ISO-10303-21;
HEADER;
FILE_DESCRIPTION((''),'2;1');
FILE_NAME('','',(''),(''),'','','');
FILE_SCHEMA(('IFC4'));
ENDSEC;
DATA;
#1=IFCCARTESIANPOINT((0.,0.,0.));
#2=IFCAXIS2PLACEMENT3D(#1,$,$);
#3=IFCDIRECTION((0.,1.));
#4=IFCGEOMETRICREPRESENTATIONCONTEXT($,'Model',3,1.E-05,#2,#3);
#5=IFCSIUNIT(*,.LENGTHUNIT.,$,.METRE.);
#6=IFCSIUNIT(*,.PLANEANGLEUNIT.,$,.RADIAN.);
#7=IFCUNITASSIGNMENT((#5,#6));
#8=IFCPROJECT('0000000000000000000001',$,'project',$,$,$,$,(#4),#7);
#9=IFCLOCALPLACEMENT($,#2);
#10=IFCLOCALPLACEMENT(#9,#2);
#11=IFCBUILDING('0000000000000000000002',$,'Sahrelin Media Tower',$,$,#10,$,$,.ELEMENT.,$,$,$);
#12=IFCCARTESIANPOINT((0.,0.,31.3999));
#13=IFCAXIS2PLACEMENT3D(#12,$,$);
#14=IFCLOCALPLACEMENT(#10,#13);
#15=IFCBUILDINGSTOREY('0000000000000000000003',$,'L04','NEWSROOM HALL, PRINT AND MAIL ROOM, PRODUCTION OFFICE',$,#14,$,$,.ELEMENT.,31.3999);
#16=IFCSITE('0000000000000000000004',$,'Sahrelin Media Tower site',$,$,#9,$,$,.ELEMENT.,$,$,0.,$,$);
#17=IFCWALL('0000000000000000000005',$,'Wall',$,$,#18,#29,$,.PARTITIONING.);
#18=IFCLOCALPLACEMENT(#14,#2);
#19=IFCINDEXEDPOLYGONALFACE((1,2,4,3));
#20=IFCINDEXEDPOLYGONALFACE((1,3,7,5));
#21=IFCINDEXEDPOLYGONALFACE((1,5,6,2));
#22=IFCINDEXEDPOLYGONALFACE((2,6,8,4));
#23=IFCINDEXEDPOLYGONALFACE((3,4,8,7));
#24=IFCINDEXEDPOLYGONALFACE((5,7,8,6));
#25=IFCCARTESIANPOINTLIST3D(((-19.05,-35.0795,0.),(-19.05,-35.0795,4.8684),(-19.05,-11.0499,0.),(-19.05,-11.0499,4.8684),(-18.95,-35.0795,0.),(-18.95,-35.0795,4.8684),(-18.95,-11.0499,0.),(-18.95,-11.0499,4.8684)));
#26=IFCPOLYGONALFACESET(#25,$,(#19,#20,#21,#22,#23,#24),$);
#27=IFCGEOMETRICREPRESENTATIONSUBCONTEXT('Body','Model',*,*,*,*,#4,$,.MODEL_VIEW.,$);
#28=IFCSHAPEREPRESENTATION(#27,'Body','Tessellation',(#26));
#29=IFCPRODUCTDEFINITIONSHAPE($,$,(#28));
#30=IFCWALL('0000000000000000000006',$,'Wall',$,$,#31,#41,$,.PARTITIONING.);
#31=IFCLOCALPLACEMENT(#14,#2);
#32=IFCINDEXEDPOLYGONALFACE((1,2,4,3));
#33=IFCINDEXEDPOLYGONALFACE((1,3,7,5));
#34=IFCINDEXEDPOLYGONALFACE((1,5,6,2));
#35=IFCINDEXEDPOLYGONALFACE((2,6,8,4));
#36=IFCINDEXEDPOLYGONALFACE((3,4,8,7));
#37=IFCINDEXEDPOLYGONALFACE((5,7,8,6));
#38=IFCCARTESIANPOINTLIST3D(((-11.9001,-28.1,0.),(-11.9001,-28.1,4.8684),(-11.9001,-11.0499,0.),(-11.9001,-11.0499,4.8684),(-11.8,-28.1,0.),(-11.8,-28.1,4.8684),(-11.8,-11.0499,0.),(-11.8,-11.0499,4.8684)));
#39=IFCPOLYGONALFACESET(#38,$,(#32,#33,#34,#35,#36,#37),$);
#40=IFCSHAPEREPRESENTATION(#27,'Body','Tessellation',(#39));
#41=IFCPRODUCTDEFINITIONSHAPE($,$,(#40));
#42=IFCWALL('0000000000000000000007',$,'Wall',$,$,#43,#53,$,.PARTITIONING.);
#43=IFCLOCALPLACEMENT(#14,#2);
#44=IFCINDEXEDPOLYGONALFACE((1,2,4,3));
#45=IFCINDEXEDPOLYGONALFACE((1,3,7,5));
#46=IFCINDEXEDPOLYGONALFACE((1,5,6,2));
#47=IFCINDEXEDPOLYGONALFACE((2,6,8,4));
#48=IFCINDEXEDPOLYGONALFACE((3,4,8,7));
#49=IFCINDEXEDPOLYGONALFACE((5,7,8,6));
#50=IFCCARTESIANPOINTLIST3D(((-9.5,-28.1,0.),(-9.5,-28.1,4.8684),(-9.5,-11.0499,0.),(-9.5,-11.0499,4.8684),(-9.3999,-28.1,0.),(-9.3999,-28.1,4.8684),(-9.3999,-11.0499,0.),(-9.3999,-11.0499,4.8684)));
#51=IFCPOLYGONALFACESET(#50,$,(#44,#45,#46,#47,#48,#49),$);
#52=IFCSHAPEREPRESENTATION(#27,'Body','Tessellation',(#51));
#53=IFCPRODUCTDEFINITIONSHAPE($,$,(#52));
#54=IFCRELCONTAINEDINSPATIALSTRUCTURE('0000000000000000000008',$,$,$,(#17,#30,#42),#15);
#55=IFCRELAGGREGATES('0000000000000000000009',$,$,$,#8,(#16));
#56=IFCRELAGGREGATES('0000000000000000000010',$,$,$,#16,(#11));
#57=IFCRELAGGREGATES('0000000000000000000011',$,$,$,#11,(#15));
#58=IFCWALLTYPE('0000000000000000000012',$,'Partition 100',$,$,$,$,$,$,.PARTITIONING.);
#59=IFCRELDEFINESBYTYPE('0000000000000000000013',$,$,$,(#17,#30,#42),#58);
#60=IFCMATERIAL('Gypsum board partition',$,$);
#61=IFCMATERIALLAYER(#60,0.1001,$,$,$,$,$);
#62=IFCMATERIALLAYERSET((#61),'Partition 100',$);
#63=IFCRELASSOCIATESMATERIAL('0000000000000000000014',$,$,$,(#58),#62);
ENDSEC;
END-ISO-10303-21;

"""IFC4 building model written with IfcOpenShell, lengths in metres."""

from ifc_helpers import new_model, si_unit, direction, frame, frame_2d, origin, place, context, subcontext, project, spatial, rectangle, extrude, material, layer, layer_set, type_object, element, save


model = new_model("IFC4")

# Units and contexts
model_context = context("Model", 3, precision=1e-05, world=origin(), true_north=direction((0.0, 1.0)))
body_context = subcontext(model_context, "Body", "Model", "MODEL_VIEW")
ifc_project = project(units=[si_unit("LENGTHUNIT", "METRE"), si_unit("PLANEANGLEUNIT", "RADIAN")], contexts=[model_context])

# Site, building, storey
site_placement = place(None, origin())
site = spatial("IfcSite", under=ifc_project, at=site_placement, Name="Sahrelin Media Tower site", CompositionType="ELEMENT", RefElevation=0.0)
building_placement = place(site_placement, origin())
building = spatial("IfcBuilding", under=site, at=building_placement, Name="Sahrelin Media Tower", CompositionType="ELEMENT")
storey_placement = place(building_placement, frame((0.0, 0.0, 31.3999)))
storey = spatial("IfcBuildingStorey", under=building, at=storey_placement, Name="L04", Description="NEWSROOM HALL, PRINT AND MAIL ROOM, PRODUCTION OFFICE", CompositionType="ELEMENT", Elevation=31.3999)

# Walls
ifc_material_1 = material(Name="Gypsum board partition")
ifc_layer = layer(ifc_material_1, 0.1001)
ifc_layer_set = layer_set([ifc_layer], Name="Partition 100")
wall_type = type_object("IfcWallType", Name="Partition 100", PredefinedType="PARTITIONING", material=ifc_layer_set)
wall_placement = place(storey_placement, frame((-19.0, -11.05, 0.0), z_axis=(0.0, 0.0, 1.0), x_axis=(0.0, -1.0, 0.0)))
element("IfcWall", 1, at=wall_placement, inside=storey, type_object=wall_type, Name="Wall", PredefinedType="PARTITIONING", context=body_context, shape_type="SweptSolid", body=[
    extrude(rectangle(XDim=24.0295, YDim=0.1001, at=frame_2d((12.0146, 0.0))), origin(), (0.0, 0.0, 1.0), 4.8684),
])
for number, where, z_axis, x_axis, name in (
    (2, (-11.8501, -11.05, 0.0), (0.0, 0.0, 1.0), (0.0, -1.0, 0.0), "Wall"),
    (3, (-9.45, -11.05, 0.0), (0.0, 0.0, 1.0), (0.0, -1.0, 0.0), "Wall"),
):
    element("IfcWall", number, at=place(storey_placement, frame(where, z_axis=z_axis, x_axis=x_axis)), inside=storey, type_object=wall_type, Name=name, PredefinedType="PARTITIONING", context=body_context, shape_type="SweptSolid", body=[
        extrude(rectangle(XDim=17.05, YDim=0.1001, at=frame_2d((8.5249, 0.0))), origin(), (0.0, 0.0, 1.0), 4.8684),
    ])

save(model, "model.ifc")
